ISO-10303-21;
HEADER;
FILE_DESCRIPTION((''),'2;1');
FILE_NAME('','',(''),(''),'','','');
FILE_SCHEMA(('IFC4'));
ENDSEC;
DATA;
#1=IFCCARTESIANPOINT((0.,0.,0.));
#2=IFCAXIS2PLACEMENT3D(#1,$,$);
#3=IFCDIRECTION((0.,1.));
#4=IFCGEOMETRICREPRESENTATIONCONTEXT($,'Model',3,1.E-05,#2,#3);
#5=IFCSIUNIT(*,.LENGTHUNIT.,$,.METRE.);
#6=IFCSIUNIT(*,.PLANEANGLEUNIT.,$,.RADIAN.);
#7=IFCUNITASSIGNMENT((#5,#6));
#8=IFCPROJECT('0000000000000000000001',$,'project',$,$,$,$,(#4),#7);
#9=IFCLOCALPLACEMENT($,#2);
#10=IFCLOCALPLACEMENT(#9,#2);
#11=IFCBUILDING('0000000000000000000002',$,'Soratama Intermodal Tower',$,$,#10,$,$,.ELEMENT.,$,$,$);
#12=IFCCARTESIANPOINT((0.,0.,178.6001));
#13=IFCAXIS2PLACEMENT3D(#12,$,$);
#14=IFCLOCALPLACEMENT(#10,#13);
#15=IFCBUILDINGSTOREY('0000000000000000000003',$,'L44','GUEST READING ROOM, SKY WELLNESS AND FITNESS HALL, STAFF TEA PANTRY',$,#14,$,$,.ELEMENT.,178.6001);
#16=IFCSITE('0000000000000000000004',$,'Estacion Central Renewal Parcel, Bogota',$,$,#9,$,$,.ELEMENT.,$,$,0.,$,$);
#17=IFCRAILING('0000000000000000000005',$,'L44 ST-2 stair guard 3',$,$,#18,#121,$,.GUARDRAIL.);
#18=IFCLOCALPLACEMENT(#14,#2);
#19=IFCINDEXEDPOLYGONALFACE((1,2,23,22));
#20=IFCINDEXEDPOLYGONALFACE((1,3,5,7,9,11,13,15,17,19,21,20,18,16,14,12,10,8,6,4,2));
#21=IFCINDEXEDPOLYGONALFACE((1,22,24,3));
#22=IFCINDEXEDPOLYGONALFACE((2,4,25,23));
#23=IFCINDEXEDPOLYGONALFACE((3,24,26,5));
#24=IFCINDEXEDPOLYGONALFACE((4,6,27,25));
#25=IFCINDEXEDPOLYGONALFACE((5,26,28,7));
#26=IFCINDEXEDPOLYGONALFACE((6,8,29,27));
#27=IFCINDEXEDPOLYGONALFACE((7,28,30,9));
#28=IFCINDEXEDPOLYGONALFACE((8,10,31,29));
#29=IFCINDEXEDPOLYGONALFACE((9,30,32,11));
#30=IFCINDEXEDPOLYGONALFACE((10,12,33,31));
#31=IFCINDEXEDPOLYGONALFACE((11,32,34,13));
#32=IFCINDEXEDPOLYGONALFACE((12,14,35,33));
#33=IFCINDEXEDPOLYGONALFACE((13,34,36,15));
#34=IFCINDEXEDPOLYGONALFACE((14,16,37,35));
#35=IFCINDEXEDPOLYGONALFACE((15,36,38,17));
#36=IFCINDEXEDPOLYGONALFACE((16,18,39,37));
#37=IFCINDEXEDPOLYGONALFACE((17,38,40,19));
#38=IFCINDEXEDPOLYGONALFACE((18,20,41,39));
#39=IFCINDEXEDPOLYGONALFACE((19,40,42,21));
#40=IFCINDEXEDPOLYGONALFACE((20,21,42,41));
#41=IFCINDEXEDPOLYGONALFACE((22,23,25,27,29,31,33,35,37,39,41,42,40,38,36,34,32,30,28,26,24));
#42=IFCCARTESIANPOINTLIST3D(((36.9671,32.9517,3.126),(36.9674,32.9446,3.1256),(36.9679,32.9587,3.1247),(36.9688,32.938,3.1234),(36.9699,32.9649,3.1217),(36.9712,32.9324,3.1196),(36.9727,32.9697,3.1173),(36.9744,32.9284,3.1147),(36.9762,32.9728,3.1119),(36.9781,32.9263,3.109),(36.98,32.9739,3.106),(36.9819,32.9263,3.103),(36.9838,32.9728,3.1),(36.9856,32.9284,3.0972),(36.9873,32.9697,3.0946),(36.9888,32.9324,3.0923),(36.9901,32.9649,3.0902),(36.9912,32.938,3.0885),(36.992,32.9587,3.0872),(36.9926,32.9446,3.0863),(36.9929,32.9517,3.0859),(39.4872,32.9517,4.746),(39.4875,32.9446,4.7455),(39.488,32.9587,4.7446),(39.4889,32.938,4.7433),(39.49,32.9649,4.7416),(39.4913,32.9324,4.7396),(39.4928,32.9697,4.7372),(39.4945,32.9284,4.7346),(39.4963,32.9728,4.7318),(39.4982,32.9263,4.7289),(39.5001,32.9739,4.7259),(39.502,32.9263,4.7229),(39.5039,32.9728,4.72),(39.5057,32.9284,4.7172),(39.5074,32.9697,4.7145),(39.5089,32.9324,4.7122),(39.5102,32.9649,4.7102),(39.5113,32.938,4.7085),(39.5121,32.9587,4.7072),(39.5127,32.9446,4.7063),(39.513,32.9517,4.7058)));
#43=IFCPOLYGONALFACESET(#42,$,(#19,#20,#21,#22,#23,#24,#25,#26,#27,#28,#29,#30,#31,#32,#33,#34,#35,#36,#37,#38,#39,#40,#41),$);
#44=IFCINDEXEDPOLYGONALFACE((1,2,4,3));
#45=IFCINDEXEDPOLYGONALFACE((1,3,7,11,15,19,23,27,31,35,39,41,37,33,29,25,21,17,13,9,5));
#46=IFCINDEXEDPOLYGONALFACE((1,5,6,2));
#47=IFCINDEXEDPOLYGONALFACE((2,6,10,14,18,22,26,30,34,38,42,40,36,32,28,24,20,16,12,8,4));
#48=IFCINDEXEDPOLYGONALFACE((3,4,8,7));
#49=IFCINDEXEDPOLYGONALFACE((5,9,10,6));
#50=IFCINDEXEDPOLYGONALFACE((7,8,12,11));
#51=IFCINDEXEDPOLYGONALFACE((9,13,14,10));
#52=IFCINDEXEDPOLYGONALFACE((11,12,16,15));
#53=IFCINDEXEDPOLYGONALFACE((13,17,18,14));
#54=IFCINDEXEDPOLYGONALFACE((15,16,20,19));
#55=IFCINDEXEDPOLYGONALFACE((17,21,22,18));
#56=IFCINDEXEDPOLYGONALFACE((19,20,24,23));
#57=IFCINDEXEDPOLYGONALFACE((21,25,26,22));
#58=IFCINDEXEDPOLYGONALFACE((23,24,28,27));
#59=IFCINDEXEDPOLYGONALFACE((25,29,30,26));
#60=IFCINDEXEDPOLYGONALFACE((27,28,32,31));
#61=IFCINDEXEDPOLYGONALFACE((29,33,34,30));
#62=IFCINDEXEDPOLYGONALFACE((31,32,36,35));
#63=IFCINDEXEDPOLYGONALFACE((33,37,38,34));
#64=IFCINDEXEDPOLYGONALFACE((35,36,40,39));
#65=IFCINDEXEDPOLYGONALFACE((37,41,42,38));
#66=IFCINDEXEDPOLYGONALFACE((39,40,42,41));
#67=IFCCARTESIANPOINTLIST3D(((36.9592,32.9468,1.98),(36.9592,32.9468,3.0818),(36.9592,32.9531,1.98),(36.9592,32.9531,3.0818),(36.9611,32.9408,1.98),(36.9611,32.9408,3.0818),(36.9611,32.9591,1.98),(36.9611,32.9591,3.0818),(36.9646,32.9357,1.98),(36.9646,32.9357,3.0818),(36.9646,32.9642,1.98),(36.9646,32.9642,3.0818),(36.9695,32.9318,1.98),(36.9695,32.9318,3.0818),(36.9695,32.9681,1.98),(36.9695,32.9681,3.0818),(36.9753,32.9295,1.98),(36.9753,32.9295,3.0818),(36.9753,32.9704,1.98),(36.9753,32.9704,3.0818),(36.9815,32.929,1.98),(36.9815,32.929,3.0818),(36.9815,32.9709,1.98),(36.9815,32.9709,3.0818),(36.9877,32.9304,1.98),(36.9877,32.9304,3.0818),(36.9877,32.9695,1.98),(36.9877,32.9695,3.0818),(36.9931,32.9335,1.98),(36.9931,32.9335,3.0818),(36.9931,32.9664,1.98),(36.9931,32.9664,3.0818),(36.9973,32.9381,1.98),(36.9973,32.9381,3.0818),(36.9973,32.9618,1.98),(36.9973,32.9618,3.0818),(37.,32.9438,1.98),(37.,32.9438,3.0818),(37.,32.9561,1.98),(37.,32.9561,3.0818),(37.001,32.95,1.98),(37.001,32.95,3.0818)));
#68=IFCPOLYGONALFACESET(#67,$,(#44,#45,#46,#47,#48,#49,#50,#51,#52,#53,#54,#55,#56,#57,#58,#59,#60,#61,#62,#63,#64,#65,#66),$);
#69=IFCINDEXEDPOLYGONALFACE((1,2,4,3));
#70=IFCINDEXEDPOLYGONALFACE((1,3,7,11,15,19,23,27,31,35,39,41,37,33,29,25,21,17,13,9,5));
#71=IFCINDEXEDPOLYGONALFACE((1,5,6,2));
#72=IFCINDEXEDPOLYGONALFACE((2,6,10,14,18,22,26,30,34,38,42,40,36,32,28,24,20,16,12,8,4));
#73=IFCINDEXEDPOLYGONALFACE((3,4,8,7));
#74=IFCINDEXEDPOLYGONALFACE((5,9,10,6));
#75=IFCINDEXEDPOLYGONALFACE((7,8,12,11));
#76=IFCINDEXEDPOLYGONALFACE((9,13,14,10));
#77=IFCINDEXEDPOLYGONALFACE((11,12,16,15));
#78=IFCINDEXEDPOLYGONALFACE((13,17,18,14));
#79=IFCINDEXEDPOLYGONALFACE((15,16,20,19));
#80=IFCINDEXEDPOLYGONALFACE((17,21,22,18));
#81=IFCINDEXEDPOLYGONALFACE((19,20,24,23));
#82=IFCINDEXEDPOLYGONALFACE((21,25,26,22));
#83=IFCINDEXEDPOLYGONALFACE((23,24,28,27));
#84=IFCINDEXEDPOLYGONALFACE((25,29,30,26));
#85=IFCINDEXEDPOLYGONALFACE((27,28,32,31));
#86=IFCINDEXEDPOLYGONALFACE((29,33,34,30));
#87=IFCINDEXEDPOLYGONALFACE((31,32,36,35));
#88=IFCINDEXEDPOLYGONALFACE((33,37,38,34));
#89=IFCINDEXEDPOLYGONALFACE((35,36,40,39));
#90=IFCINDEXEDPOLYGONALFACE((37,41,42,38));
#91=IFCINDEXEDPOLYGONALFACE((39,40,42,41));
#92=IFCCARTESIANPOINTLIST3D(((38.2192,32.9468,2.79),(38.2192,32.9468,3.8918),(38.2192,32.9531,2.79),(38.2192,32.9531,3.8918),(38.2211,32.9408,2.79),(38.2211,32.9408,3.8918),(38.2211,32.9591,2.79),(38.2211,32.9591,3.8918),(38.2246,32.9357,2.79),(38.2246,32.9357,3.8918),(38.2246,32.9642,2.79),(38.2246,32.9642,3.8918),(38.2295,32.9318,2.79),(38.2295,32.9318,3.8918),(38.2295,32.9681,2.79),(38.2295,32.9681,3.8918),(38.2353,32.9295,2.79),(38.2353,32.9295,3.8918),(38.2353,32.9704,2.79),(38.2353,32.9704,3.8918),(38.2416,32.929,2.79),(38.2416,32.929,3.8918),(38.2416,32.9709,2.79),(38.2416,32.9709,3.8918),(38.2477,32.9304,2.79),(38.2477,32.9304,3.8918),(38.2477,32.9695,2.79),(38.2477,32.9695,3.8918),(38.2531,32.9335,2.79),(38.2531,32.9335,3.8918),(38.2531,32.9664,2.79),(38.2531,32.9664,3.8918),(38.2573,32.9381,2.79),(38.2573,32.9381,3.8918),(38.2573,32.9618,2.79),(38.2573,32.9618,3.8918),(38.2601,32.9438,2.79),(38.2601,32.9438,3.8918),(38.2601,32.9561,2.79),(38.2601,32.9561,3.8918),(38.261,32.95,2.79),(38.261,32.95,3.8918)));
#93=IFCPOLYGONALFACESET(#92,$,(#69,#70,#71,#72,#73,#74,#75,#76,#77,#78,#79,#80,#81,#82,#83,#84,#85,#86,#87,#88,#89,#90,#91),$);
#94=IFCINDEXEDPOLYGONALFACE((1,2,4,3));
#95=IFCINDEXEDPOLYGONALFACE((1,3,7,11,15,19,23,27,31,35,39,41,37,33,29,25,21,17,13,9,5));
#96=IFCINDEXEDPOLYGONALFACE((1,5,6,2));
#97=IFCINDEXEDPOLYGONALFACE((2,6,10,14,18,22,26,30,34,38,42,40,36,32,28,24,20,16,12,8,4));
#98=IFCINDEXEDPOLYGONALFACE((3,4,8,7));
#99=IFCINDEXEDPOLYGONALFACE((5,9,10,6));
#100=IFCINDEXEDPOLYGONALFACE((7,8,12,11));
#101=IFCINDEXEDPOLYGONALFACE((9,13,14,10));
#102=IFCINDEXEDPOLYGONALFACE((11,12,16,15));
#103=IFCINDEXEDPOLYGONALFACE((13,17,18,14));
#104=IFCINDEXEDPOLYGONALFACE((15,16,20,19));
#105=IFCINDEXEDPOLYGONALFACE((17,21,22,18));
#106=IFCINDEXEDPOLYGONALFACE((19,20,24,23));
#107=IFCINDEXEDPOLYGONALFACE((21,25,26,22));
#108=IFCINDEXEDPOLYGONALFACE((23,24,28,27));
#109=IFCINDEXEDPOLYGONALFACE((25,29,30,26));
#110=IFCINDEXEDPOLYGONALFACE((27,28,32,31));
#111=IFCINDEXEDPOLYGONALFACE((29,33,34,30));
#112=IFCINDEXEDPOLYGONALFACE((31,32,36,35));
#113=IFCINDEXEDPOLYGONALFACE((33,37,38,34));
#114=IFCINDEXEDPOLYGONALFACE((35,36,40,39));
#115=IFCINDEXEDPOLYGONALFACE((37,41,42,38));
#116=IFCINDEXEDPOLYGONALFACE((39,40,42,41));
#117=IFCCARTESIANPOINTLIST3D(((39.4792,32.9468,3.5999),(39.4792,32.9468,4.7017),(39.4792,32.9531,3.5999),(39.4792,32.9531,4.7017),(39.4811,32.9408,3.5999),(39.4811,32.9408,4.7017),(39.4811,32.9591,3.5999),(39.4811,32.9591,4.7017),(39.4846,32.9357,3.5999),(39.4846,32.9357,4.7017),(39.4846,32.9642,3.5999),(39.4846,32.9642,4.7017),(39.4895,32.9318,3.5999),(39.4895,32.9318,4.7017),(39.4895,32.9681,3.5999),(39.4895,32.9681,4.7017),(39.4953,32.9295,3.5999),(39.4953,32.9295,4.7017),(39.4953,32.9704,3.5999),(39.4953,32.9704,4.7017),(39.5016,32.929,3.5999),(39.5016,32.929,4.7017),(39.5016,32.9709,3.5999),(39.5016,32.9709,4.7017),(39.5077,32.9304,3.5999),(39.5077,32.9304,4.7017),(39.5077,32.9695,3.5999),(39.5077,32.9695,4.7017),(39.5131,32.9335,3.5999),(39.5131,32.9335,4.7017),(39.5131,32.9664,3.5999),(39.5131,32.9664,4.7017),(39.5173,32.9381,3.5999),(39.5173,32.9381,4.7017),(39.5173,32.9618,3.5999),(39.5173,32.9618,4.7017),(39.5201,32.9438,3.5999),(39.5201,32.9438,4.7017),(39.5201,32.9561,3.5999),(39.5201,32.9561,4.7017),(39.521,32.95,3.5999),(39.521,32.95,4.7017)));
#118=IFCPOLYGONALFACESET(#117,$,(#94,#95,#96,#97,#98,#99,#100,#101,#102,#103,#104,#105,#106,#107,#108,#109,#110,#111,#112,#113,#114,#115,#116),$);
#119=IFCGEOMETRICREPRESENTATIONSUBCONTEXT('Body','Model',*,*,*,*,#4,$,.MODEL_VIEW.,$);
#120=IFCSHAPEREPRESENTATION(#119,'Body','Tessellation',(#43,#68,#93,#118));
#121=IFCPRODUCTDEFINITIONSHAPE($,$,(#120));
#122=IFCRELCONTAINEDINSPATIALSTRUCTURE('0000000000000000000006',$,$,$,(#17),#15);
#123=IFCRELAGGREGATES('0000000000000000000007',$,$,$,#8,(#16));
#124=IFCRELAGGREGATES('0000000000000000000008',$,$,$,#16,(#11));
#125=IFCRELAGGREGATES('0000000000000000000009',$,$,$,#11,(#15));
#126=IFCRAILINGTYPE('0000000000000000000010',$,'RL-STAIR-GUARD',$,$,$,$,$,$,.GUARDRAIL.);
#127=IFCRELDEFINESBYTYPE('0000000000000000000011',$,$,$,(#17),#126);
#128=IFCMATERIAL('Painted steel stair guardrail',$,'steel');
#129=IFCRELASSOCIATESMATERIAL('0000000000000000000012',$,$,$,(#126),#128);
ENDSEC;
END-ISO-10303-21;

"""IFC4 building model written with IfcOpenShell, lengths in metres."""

from ifc_helpers import new_model, si_unit, direction, frame, origin, origin_2d, place, context, subcontext, project, spatial, circle, extrude, material, type_object, element, save


model = new_model("IFC4")

# Units and contexts
model_context = context("Model", 3, precision=1e-05, world=origin(), true_north=direction((0.0, 1.0)))
body_context = subcontext(model_context, "Body", "Model", "MODEL_VIEW")
ifc_project = project(units=[si_unit("LENGTHUNIT", "METRE"), si_unit("PLANEANGLEUNIT", "RADIAN")], contexts=[model_context])

# Site, building, storey
site_placement = place(None, origin())
site = spatial("IfcSite", under=ifc_project, at=site_placement, Name="Estacion Central Renewal Parcel, Bogota", CompositionType="ELEMENT", RefElevation=0.0)
building_placement = place(site_placement, origin())
building = spatial("IfcBuilding", under=site, at=building_placement, Name="Soratama Intermodal Tower", CompositionType="ELEMENT")
storey_placement = place(building_placement, frame((0.0, 0.0, 178.6001)))
storey = spatial("IfcBuildingStorey", under=building, at=storey_placement, Name="L44", Description="GUEST READING ROOM, SKY WELLNESS AND FITNESS HALL, STAFF TEA PANTRY", CompositionType="ELEMENT", Elevation=178.6001)

# Railing
ifc_material_1 = material(Name="Painted steel stair guardrail", Category="steel")
railing_type_1 = type_object("IfcRailingType", Name="RL-STAIR-GUARD", PredefinedType="GUARDRAIL", material=ifc_material_1)
railing_1_placement = place(storey_placement, frame((36.98, 32.95, 1.98)))
element("IfcRailing", 1, at=railing_1_placement, inside=storey, type_object=railing_type_1, Name="L44 ST-2 stair guard 3", PredefinedType="GUARDRAIL", context=body_context, shape_type="SweptSolid", body=[
    extrude(circle(Radius=0.0239, at=origin_2d()), frame((0.0, 0.0, 1.126), z_axis=(0.8412, 0.0, 0.540725), x_axis=(0.0, 1.0, 0.0)), (0.0, 0.0, 1.0), 2.9958),
    extrude(circle(Radius=0.021, at=origin_2d()), origin(), (0.0, 0.0, 1.0), 1.1018),
    extrude(circle(Radius=0.021, at=origin_2d()), frame((1.26, 0.0, 0.8101)), (0.0, 0.0, 1.0), 1.1018),
    extrude(circle(Radius=0.021, at=origin_2d()), frame((2.52, 0.0, 1.6199)), (0.0, 0.0, 1.0), 1.1018),
])

save(model, "model.ifc")
